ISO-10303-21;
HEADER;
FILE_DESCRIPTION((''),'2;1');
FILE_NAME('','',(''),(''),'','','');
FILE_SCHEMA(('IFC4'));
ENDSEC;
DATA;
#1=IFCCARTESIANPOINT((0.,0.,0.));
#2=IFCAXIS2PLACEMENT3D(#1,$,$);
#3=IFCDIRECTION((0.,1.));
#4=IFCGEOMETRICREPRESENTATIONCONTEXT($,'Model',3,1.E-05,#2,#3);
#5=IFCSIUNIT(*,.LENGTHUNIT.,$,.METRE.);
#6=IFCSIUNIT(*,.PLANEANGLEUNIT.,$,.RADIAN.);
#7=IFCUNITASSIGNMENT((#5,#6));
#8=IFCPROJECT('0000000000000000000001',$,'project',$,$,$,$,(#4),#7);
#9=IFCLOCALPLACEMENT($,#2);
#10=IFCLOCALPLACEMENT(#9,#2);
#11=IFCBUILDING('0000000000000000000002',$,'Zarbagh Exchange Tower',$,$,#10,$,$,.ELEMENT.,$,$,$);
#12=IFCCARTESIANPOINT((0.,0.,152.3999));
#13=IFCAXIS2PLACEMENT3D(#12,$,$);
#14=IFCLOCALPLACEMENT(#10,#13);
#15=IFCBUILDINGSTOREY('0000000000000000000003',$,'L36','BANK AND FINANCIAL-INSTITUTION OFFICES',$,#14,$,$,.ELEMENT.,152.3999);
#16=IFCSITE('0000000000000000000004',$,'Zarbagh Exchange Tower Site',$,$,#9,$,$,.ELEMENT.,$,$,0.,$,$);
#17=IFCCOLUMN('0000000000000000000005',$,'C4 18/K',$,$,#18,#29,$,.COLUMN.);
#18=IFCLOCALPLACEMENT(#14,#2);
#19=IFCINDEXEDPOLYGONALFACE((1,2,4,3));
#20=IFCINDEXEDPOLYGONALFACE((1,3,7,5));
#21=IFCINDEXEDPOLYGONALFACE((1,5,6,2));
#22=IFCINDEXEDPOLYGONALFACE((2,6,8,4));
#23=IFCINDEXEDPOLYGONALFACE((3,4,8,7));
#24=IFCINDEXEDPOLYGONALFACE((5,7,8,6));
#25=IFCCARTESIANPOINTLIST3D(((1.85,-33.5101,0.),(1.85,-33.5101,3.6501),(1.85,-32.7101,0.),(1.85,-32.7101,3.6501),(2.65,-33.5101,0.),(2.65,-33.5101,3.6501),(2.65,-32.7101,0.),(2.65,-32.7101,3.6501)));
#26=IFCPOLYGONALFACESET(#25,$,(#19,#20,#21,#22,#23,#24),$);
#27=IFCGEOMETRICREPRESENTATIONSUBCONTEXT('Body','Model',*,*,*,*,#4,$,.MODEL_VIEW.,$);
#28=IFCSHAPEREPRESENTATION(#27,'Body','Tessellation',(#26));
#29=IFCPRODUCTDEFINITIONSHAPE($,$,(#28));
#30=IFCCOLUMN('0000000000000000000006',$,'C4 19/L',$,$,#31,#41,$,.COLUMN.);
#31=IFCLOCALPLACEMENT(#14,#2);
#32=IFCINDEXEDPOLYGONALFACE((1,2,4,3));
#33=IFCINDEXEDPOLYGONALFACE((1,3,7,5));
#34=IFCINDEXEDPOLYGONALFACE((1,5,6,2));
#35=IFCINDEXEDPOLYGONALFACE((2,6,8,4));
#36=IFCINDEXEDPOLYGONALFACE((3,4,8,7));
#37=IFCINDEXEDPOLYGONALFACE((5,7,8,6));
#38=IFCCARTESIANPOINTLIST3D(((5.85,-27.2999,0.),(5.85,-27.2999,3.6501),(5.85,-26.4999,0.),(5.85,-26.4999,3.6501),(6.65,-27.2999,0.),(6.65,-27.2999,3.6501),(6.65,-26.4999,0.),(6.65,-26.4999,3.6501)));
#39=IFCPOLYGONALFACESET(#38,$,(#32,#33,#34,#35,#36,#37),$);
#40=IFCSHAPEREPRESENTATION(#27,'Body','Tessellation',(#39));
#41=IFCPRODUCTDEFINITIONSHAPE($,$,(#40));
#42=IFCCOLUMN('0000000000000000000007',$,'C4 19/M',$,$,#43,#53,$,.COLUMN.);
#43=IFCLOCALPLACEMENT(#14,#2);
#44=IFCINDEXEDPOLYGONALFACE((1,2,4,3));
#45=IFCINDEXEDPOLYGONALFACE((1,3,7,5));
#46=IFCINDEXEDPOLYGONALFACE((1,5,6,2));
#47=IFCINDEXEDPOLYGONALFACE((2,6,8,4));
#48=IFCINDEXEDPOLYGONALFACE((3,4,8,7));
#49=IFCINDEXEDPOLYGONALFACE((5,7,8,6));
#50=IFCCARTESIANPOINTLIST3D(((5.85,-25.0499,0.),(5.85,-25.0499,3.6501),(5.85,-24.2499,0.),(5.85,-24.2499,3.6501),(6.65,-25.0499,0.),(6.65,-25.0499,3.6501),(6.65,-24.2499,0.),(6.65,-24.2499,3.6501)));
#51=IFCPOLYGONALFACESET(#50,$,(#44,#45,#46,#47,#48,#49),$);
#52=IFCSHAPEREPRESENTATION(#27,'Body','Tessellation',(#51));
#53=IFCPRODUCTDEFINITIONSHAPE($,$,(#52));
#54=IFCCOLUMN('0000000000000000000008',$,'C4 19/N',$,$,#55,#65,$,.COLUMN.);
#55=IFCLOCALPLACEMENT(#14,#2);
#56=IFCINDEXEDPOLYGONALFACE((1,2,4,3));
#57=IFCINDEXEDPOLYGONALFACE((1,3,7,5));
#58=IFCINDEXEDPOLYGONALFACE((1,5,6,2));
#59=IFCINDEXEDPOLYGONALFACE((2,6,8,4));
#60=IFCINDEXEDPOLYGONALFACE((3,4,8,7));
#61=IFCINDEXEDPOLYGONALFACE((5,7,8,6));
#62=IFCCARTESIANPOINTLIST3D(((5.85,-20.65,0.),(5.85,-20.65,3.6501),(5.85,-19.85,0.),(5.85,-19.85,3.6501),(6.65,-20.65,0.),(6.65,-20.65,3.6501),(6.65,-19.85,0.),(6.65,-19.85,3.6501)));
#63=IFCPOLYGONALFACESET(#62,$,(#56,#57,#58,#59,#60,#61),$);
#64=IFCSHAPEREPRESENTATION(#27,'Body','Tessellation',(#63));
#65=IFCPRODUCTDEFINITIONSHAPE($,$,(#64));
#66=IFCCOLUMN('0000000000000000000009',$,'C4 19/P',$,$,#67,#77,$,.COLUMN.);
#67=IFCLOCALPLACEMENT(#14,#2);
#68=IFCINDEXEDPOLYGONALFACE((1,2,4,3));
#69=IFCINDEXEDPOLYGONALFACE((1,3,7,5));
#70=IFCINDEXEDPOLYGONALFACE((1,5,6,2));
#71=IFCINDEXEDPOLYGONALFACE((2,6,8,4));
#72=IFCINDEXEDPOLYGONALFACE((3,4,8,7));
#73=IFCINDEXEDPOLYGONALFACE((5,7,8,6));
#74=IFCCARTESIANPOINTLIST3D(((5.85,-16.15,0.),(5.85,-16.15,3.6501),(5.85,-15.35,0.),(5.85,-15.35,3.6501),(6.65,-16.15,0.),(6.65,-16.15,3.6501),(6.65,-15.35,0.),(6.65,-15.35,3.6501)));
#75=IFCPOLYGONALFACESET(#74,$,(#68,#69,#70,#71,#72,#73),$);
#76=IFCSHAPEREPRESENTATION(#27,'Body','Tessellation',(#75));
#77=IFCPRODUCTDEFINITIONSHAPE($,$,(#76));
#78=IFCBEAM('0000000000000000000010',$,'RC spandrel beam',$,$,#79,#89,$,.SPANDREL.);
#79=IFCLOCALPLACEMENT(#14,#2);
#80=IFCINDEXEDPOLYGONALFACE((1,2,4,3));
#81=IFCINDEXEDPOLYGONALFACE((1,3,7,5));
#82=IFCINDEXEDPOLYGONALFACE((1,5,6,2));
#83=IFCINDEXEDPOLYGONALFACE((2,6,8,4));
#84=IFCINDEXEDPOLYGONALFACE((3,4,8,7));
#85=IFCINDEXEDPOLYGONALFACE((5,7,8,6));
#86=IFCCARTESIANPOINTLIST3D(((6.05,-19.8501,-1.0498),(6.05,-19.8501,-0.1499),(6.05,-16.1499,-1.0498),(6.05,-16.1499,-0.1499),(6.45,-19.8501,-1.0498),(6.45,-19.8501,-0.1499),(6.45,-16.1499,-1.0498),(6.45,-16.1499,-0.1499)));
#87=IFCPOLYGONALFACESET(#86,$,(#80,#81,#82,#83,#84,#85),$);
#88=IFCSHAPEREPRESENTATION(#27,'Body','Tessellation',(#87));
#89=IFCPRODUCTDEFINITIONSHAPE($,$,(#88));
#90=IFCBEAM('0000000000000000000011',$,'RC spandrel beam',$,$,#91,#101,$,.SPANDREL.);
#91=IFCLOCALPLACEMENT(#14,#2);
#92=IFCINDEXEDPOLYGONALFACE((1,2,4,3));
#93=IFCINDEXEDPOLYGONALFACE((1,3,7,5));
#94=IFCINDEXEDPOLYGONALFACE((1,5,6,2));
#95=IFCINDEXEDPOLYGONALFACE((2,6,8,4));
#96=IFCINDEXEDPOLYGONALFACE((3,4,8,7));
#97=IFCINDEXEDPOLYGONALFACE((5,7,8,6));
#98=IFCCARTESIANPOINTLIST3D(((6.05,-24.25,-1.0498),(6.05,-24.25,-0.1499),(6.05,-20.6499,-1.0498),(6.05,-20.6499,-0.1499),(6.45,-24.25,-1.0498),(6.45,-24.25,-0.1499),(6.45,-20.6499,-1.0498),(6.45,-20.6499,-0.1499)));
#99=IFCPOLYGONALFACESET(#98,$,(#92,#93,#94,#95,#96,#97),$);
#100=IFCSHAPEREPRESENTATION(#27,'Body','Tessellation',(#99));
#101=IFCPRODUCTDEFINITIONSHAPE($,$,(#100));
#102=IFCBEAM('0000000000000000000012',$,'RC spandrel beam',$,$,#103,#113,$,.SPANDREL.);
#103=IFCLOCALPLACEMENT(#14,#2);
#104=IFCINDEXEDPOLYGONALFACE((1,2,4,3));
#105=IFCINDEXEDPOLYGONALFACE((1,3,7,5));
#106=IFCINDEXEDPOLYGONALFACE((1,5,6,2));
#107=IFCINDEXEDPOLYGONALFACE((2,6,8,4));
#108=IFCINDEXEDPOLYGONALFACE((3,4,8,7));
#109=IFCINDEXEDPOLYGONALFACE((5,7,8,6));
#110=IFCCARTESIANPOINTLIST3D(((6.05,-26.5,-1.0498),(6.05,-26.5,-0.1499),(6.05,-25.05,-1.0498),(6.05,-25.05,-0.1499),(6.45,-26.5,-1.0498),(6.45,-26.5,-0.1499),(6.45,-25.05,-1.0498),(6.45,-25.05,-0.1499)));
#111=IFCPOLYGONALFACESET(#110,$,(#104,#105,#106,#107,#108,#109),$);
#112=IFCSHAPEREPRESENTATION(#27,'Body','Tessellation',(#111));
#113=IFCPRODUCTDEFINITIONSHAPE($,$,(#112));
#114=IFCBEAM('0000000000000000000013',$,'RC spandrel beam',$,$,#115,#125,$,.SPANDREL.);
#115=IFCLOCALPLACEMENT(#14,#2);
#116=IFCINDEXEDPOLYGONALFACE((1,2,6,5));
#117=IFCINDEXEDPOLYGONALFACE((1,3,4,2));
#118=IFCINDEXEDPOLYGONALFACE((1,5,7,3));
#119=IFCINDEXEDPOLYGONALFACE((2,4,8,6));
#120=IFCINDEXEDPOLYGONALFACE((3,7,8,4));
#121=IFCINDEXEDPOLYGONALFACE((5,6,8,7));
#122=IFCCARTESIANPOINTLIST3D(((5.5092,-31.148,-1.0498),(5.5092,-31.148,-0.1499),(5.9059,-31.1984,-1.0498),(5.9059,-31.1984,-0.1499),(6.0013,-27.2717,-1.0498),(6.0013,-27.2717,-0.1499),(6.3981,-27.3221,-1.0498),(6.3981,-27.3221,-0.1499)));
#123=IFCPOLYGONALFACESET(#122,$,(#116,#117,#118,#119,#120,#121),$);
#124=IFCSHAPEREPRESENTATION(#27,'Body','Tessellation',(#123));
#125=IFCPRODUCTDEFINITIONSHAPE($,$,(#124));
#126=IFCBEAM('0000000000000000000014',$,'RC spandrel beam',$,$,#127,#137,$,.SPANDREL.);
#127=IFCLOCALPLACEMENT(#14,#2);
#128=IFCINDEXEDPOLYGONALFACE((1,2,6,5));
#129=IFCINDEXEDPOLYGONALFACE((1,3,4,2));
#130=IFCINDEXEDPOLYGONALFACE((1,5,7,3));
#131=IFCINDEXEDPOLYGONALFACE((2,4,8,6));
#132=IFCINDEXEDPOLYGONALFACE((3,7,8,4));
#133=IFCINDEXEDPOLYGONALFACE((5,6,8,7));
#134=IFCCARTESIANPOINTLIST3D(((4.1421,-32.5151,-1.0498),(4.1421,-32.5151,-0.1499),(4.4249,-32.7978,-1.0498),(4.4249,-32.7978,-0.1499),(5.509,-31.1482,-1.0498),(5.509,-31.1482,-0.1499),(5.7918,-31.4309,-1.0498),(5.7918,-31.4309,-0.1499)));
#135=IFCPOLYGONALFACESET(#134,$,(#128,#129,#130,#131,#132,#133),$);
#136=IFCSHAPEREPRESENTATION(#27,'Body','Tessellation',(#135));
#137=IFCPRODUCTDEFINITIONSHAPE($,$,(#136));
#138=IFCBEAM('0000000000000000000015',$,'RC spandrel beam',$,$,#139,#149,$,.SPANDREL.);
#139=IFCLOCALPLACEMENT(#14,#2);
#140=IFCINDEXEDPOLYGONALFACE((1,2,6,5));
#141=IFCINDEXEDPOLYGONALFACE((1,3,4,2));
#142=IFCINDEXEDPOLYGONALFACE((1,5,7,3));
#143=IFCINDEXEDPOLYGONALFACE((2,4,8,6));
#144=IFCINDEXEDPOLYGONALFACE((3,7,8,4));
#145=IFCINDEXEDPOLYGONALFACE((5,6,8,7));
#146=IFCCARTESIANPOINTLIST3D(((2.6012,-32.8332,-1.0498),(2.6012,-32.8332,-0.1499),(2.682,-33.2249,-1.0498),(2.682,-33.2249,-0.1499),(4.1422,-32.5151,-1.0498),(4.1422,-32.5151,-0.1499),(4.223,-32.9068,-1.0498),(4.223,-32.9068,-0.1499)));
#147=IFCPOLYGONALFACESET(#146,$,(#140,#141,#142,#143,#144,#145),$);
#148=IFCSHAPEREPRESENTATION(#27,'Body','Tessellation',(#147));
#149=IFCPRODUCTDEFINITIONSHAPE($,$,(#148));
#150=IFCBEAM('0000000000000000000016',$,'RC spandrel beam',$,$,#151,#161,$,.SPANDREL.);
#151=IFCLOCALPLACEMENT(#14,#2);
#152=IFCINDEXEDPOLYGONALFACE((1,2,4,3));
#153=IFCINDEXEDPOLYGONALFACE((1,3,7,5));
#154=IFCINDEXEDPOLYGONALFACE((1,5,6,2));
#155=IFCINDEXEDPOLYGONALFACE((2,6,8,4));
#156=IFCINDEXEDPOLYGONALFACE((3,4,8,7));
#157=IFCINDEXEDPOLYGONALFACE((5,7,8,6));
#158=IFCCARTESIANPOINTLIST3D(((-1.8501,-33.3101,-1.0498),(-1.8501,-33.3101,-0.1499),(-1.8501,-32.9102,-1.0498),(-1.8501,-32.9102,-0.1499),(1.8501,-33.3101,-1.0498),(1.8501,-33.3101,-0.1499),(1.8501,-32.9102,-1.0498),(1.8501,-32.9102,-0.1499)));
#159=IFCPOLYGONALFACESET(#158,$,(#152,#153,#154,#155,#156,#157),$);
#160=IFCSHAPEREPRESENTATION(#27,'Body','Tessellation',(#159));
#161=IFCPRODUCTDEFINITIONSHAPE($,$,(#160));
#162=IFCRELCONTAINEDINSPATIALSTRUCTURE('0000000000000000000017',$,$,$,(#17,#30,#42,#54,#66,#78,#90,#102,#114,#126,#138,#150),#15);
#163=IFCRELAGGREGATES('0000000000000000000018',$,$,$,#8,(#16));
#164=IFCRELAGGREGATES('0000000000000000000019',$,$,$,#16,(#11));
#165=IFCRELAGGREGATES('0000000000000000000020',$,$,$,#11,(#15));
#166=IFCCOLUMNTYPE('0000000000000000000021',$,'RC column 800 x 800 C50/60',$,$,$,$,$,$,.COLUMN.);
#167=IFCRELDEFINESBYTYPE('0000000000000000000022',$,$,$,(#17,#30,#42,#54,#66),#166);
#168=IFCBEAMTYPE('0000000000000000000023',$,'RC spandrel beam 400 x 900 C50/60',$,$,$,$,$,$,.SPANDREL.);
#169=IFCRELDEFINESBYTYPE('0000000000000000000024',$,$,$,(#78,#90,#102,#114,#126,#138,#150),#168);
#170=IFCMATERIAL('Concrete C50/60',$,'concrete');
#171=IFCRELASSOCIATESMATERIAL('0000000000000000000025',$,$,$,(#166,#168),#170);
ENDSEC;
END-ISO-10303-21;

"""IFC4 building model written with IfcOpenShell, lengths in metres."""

from ifc_helpers import new_model, si_unit, direction, frame, origin, origin_2d, place, context, subcontext, project, spatial, rectangle, extrude, material, material_profile, profile_set, type_object, element, save


model = new_model("IFC4")

# Units and contexts
model_context = context("Model", 3, precision=1e-05, world=origin(), true_north=direction((0.0, 1.0)))
body_context = subcontext(model_context, "Body", "Model", "MODEL_VIEW")
ifc_project = project(units=[si_unit("LENGTHUNIT", "METRE"), si_unit("PLANEANGLEUNIT", "RADIAN")], contexts=[model_context])

# Site, building, storey
site_placement = place(None, origin())
site = spatial("IfcSite", under=ifc_project, at=site_placement, Name="Zarbagh Exchange Tower Site", CompositionType="ELEMENT", RefElevation=0.0)
building_placement = place(site_placement, origin())
building = spatial("IfcBuilding", under=site, at=building_placement, Name="Zarbagh Exchange Tower", CompositionType="ELEMENT")
storey_placement = place(building_placement, frame((0.0, 0.0, 152.3999)))
storey = spatial("IfcBuildingStorey", under=building, at=storey_placement, Name="L36", Description="BANK AND FINANCIAL-INSTITUTION OFFICES", CompositionType="ELEMENT", Elevation=152.3999)

# Columns
ifc_material_1 = material(Name="Concrete C50/60", Category="concrete")
ifc_material_profile_1 = material_profile(ifc_material_1, rectangle(XDim=0.8, YDim=0.8, at=origin_2d()), Name="RC column 800 x 800 C50/60")
ifc_profile_set_1 = profile_set([ifc_material_profile_1], Name="Concrete C50/60")
column_type = type_object("IfcColumnType", Name="RC column 800 x 800 C50/60", PredefinedType="COLUMN", material=ifc_profile_set_1)
for number, where, z_axis, x_axis, name in (
    (1, (2.25, -33.1101, 0.0), (0.0, 0.0, 1.0), (1.0, 0.0, 0.0), "C4 18/K"),
    (2, (6.25, -26.8999, 0.0), (0.0, 0.0, 1.0), (1.0, 0.0, 0.0), "C4 19/L"),
    (3, (6.25, -24.6499, 0.0), (0.0, 0.0, 1.0), (1.0, 0.0, 0.0), "C4 19/M"),
    (4, (6.25, -20.25, 0.0), (0.0, 0.0, 1.0), (1.0, 0.0, 0.0), "C4 19/N"),
    (5, (6.25, -15.75, 0.0), (0.0, 0.0, 1.0), (1.0, 0.0, 0.0), "C4 19/P"),
):
    element("IfcColumn", number, at=place(storey_placement, frame(where, z_axis=z_axis, x_axis=x_axis)), inside=storey, type_object=column_type, Name=name, PredefinedType="COLUMN", context=body_context, shape_type="SweptSolid", body=[
        extrude(rectangle(XDim=0.8, YDim=0.8, at=origin_2d()), origin(), (0.0, 0.0, 1.0), 3.6501),
    ])

# Beams
ifc_material_profile_2 = material_profile(ifc_material_1, rectangle(XDim=0.3999, YDim=0.8999, at=origin_2d()), Name="RC spandrel beam 400 x 900 C50/60")
ifc_profile_set_2 = profile_set([ifc_material_profile_2], Name="Concrete C50/60")
beam_type = type_object("IfcBeamType", Name="RC spandrel beam 400 x 900 C50/60", PredefinedType="SPANDREL", material=ifc_profile_set_2)
beam_1_placement = place(storey_placement, frame((6.25, -16.1499, -0.5999), z_axis=(0.0, -1.0, 0.0), x_axis=(1.0, 0.0, 0.0)))
element("IfcBeam", 6, at=beam_1_placement, inside=storey, type_object=beam_type, Name="RC spandrel beam", PredefinedType="SPANDREL", context=body_context, shape_type="SweptSolid", body=[
    extrude(rectangle(XDim=0.3999, YDim=0.8999, at=origin_2d()), origin(), (0.0, 0.0, 1.0), 3.7002),
])
beam_2_placement = place(storey_placement, frame((6.25, -20.6499, -0.5999), z_axis=(0.0, -1.0, 0.0), x_axis=(1.0, 0.0, 0.0)))
element("IfcBeam", 7, at=beam_2_placement, inside=storey, type_object=beam_type, Name="RC spandrel beam", PredefinedType="SPANDREL", context=body_context, shape_type="SweptSolid", body=[
    extrude(rectangle(XDim=0.3999, YDim=0.8999, at=origin_2d()), origin(), (0.0, 0.0, 1.0), 3.6001),
])
beam_3_placement = place(storey_placement, frame((6.25, -25.05, -0.5999), z_axis=(0.0, -1.0, 0.0), x_axis=(1.0, 0.0, 0.0)))
element("IfcBeam", 8, at=beam_3_placement, inside=storey, type_object=beam_type, Name="RC spandrel beam", PredefinedType="SPANDREL", context=body_context, shape_type="SweptSolid", body=[
    extrude(rectangle(XDim=0.3999, YDim=0.8999, at=origin_2d()), origin(), (0.0, 0.0, 1.0), 1.45),
])
beam_4_placement = place(storey_placement, frame((6.1997, -27.2969, -0.5999), z_axis=(-0.125957, -0.992036, 0.0), x_axis=(0.992036, -0.125957, 0.0)))
element("IfcBeam", 9, at=beam_4_placement, inside=storey, type_object=beam_type, Name="RC spandrel beam", PredefinedType="SPANDREL", context=body_context, shape_type="SweptSolid", body=[
    extrude(rectangle(XDim=0.3999, YDim=0.8999, at=origin_2d()), origin(), (0.0, 0.0, 1.0), 3.9075),
])
beam_5_placement = place(storey_placement, frame((5.6504, -31.2896, -0.5999), z_axis=(-0.707107, -0.707107, 0.0), x_axis=(0.707107, -0.707107, 0.0)))
element("IfcBeam", 10, at=beam_5_placement, inside=storey, type_object=beam_type, Name="RC spandrel beam", PredefinedType="SPANDREL", context=body_context, shape_type="SweptSolid", body=[
    extrude(rectangle(XDim=0.3999, YDim=0.8999, at=origin_2d()), origin(), (0.0, 0.0, 1.0), 1.9331),
])
beam_6_placement = place(storey_placement, frame((4.1826, -32.7109, -0.5999), z_axis=(-0.979351, -0.202169, 0.0), x_axis=(0.202169, -0.979351, 0.0)))
element("IfcBeam", 11, at=beam_6_placement, inside=storey, type_object=beam_type, Name="RC spandrel beam", PredefinedType="SPANDREL", context=body_context, shape_type="SweptSolid", body=[
    extrude(rectangle(XDim=0.3999, YDim=0.8999, at=origin_2d()), origin(), (0.0, 0.0, 1.0), 1.5735),
])
beam_7_placement = place(storey_placement, frame((1.8501, -33.1101, -0.5999), z_axis=(-1.0, 0.0, 0.0), x_axis=(0.0, -1.0, 0.0)))
element("IfcBeam", 12, at=beam_7_placement, inside=storey, type_object=beam_type, Name="RC spandrel beam", PredefinedType="SPANDREL", context=body_context, shape_type="SweptSolid", body=[
    extrude(rectangle(XDim=0.3999, YDim=0.8999, at=origin_2d()), origin(), (0.0, 0.0, 1.0), 3.7002),
])

save(model, "model.ifc")
